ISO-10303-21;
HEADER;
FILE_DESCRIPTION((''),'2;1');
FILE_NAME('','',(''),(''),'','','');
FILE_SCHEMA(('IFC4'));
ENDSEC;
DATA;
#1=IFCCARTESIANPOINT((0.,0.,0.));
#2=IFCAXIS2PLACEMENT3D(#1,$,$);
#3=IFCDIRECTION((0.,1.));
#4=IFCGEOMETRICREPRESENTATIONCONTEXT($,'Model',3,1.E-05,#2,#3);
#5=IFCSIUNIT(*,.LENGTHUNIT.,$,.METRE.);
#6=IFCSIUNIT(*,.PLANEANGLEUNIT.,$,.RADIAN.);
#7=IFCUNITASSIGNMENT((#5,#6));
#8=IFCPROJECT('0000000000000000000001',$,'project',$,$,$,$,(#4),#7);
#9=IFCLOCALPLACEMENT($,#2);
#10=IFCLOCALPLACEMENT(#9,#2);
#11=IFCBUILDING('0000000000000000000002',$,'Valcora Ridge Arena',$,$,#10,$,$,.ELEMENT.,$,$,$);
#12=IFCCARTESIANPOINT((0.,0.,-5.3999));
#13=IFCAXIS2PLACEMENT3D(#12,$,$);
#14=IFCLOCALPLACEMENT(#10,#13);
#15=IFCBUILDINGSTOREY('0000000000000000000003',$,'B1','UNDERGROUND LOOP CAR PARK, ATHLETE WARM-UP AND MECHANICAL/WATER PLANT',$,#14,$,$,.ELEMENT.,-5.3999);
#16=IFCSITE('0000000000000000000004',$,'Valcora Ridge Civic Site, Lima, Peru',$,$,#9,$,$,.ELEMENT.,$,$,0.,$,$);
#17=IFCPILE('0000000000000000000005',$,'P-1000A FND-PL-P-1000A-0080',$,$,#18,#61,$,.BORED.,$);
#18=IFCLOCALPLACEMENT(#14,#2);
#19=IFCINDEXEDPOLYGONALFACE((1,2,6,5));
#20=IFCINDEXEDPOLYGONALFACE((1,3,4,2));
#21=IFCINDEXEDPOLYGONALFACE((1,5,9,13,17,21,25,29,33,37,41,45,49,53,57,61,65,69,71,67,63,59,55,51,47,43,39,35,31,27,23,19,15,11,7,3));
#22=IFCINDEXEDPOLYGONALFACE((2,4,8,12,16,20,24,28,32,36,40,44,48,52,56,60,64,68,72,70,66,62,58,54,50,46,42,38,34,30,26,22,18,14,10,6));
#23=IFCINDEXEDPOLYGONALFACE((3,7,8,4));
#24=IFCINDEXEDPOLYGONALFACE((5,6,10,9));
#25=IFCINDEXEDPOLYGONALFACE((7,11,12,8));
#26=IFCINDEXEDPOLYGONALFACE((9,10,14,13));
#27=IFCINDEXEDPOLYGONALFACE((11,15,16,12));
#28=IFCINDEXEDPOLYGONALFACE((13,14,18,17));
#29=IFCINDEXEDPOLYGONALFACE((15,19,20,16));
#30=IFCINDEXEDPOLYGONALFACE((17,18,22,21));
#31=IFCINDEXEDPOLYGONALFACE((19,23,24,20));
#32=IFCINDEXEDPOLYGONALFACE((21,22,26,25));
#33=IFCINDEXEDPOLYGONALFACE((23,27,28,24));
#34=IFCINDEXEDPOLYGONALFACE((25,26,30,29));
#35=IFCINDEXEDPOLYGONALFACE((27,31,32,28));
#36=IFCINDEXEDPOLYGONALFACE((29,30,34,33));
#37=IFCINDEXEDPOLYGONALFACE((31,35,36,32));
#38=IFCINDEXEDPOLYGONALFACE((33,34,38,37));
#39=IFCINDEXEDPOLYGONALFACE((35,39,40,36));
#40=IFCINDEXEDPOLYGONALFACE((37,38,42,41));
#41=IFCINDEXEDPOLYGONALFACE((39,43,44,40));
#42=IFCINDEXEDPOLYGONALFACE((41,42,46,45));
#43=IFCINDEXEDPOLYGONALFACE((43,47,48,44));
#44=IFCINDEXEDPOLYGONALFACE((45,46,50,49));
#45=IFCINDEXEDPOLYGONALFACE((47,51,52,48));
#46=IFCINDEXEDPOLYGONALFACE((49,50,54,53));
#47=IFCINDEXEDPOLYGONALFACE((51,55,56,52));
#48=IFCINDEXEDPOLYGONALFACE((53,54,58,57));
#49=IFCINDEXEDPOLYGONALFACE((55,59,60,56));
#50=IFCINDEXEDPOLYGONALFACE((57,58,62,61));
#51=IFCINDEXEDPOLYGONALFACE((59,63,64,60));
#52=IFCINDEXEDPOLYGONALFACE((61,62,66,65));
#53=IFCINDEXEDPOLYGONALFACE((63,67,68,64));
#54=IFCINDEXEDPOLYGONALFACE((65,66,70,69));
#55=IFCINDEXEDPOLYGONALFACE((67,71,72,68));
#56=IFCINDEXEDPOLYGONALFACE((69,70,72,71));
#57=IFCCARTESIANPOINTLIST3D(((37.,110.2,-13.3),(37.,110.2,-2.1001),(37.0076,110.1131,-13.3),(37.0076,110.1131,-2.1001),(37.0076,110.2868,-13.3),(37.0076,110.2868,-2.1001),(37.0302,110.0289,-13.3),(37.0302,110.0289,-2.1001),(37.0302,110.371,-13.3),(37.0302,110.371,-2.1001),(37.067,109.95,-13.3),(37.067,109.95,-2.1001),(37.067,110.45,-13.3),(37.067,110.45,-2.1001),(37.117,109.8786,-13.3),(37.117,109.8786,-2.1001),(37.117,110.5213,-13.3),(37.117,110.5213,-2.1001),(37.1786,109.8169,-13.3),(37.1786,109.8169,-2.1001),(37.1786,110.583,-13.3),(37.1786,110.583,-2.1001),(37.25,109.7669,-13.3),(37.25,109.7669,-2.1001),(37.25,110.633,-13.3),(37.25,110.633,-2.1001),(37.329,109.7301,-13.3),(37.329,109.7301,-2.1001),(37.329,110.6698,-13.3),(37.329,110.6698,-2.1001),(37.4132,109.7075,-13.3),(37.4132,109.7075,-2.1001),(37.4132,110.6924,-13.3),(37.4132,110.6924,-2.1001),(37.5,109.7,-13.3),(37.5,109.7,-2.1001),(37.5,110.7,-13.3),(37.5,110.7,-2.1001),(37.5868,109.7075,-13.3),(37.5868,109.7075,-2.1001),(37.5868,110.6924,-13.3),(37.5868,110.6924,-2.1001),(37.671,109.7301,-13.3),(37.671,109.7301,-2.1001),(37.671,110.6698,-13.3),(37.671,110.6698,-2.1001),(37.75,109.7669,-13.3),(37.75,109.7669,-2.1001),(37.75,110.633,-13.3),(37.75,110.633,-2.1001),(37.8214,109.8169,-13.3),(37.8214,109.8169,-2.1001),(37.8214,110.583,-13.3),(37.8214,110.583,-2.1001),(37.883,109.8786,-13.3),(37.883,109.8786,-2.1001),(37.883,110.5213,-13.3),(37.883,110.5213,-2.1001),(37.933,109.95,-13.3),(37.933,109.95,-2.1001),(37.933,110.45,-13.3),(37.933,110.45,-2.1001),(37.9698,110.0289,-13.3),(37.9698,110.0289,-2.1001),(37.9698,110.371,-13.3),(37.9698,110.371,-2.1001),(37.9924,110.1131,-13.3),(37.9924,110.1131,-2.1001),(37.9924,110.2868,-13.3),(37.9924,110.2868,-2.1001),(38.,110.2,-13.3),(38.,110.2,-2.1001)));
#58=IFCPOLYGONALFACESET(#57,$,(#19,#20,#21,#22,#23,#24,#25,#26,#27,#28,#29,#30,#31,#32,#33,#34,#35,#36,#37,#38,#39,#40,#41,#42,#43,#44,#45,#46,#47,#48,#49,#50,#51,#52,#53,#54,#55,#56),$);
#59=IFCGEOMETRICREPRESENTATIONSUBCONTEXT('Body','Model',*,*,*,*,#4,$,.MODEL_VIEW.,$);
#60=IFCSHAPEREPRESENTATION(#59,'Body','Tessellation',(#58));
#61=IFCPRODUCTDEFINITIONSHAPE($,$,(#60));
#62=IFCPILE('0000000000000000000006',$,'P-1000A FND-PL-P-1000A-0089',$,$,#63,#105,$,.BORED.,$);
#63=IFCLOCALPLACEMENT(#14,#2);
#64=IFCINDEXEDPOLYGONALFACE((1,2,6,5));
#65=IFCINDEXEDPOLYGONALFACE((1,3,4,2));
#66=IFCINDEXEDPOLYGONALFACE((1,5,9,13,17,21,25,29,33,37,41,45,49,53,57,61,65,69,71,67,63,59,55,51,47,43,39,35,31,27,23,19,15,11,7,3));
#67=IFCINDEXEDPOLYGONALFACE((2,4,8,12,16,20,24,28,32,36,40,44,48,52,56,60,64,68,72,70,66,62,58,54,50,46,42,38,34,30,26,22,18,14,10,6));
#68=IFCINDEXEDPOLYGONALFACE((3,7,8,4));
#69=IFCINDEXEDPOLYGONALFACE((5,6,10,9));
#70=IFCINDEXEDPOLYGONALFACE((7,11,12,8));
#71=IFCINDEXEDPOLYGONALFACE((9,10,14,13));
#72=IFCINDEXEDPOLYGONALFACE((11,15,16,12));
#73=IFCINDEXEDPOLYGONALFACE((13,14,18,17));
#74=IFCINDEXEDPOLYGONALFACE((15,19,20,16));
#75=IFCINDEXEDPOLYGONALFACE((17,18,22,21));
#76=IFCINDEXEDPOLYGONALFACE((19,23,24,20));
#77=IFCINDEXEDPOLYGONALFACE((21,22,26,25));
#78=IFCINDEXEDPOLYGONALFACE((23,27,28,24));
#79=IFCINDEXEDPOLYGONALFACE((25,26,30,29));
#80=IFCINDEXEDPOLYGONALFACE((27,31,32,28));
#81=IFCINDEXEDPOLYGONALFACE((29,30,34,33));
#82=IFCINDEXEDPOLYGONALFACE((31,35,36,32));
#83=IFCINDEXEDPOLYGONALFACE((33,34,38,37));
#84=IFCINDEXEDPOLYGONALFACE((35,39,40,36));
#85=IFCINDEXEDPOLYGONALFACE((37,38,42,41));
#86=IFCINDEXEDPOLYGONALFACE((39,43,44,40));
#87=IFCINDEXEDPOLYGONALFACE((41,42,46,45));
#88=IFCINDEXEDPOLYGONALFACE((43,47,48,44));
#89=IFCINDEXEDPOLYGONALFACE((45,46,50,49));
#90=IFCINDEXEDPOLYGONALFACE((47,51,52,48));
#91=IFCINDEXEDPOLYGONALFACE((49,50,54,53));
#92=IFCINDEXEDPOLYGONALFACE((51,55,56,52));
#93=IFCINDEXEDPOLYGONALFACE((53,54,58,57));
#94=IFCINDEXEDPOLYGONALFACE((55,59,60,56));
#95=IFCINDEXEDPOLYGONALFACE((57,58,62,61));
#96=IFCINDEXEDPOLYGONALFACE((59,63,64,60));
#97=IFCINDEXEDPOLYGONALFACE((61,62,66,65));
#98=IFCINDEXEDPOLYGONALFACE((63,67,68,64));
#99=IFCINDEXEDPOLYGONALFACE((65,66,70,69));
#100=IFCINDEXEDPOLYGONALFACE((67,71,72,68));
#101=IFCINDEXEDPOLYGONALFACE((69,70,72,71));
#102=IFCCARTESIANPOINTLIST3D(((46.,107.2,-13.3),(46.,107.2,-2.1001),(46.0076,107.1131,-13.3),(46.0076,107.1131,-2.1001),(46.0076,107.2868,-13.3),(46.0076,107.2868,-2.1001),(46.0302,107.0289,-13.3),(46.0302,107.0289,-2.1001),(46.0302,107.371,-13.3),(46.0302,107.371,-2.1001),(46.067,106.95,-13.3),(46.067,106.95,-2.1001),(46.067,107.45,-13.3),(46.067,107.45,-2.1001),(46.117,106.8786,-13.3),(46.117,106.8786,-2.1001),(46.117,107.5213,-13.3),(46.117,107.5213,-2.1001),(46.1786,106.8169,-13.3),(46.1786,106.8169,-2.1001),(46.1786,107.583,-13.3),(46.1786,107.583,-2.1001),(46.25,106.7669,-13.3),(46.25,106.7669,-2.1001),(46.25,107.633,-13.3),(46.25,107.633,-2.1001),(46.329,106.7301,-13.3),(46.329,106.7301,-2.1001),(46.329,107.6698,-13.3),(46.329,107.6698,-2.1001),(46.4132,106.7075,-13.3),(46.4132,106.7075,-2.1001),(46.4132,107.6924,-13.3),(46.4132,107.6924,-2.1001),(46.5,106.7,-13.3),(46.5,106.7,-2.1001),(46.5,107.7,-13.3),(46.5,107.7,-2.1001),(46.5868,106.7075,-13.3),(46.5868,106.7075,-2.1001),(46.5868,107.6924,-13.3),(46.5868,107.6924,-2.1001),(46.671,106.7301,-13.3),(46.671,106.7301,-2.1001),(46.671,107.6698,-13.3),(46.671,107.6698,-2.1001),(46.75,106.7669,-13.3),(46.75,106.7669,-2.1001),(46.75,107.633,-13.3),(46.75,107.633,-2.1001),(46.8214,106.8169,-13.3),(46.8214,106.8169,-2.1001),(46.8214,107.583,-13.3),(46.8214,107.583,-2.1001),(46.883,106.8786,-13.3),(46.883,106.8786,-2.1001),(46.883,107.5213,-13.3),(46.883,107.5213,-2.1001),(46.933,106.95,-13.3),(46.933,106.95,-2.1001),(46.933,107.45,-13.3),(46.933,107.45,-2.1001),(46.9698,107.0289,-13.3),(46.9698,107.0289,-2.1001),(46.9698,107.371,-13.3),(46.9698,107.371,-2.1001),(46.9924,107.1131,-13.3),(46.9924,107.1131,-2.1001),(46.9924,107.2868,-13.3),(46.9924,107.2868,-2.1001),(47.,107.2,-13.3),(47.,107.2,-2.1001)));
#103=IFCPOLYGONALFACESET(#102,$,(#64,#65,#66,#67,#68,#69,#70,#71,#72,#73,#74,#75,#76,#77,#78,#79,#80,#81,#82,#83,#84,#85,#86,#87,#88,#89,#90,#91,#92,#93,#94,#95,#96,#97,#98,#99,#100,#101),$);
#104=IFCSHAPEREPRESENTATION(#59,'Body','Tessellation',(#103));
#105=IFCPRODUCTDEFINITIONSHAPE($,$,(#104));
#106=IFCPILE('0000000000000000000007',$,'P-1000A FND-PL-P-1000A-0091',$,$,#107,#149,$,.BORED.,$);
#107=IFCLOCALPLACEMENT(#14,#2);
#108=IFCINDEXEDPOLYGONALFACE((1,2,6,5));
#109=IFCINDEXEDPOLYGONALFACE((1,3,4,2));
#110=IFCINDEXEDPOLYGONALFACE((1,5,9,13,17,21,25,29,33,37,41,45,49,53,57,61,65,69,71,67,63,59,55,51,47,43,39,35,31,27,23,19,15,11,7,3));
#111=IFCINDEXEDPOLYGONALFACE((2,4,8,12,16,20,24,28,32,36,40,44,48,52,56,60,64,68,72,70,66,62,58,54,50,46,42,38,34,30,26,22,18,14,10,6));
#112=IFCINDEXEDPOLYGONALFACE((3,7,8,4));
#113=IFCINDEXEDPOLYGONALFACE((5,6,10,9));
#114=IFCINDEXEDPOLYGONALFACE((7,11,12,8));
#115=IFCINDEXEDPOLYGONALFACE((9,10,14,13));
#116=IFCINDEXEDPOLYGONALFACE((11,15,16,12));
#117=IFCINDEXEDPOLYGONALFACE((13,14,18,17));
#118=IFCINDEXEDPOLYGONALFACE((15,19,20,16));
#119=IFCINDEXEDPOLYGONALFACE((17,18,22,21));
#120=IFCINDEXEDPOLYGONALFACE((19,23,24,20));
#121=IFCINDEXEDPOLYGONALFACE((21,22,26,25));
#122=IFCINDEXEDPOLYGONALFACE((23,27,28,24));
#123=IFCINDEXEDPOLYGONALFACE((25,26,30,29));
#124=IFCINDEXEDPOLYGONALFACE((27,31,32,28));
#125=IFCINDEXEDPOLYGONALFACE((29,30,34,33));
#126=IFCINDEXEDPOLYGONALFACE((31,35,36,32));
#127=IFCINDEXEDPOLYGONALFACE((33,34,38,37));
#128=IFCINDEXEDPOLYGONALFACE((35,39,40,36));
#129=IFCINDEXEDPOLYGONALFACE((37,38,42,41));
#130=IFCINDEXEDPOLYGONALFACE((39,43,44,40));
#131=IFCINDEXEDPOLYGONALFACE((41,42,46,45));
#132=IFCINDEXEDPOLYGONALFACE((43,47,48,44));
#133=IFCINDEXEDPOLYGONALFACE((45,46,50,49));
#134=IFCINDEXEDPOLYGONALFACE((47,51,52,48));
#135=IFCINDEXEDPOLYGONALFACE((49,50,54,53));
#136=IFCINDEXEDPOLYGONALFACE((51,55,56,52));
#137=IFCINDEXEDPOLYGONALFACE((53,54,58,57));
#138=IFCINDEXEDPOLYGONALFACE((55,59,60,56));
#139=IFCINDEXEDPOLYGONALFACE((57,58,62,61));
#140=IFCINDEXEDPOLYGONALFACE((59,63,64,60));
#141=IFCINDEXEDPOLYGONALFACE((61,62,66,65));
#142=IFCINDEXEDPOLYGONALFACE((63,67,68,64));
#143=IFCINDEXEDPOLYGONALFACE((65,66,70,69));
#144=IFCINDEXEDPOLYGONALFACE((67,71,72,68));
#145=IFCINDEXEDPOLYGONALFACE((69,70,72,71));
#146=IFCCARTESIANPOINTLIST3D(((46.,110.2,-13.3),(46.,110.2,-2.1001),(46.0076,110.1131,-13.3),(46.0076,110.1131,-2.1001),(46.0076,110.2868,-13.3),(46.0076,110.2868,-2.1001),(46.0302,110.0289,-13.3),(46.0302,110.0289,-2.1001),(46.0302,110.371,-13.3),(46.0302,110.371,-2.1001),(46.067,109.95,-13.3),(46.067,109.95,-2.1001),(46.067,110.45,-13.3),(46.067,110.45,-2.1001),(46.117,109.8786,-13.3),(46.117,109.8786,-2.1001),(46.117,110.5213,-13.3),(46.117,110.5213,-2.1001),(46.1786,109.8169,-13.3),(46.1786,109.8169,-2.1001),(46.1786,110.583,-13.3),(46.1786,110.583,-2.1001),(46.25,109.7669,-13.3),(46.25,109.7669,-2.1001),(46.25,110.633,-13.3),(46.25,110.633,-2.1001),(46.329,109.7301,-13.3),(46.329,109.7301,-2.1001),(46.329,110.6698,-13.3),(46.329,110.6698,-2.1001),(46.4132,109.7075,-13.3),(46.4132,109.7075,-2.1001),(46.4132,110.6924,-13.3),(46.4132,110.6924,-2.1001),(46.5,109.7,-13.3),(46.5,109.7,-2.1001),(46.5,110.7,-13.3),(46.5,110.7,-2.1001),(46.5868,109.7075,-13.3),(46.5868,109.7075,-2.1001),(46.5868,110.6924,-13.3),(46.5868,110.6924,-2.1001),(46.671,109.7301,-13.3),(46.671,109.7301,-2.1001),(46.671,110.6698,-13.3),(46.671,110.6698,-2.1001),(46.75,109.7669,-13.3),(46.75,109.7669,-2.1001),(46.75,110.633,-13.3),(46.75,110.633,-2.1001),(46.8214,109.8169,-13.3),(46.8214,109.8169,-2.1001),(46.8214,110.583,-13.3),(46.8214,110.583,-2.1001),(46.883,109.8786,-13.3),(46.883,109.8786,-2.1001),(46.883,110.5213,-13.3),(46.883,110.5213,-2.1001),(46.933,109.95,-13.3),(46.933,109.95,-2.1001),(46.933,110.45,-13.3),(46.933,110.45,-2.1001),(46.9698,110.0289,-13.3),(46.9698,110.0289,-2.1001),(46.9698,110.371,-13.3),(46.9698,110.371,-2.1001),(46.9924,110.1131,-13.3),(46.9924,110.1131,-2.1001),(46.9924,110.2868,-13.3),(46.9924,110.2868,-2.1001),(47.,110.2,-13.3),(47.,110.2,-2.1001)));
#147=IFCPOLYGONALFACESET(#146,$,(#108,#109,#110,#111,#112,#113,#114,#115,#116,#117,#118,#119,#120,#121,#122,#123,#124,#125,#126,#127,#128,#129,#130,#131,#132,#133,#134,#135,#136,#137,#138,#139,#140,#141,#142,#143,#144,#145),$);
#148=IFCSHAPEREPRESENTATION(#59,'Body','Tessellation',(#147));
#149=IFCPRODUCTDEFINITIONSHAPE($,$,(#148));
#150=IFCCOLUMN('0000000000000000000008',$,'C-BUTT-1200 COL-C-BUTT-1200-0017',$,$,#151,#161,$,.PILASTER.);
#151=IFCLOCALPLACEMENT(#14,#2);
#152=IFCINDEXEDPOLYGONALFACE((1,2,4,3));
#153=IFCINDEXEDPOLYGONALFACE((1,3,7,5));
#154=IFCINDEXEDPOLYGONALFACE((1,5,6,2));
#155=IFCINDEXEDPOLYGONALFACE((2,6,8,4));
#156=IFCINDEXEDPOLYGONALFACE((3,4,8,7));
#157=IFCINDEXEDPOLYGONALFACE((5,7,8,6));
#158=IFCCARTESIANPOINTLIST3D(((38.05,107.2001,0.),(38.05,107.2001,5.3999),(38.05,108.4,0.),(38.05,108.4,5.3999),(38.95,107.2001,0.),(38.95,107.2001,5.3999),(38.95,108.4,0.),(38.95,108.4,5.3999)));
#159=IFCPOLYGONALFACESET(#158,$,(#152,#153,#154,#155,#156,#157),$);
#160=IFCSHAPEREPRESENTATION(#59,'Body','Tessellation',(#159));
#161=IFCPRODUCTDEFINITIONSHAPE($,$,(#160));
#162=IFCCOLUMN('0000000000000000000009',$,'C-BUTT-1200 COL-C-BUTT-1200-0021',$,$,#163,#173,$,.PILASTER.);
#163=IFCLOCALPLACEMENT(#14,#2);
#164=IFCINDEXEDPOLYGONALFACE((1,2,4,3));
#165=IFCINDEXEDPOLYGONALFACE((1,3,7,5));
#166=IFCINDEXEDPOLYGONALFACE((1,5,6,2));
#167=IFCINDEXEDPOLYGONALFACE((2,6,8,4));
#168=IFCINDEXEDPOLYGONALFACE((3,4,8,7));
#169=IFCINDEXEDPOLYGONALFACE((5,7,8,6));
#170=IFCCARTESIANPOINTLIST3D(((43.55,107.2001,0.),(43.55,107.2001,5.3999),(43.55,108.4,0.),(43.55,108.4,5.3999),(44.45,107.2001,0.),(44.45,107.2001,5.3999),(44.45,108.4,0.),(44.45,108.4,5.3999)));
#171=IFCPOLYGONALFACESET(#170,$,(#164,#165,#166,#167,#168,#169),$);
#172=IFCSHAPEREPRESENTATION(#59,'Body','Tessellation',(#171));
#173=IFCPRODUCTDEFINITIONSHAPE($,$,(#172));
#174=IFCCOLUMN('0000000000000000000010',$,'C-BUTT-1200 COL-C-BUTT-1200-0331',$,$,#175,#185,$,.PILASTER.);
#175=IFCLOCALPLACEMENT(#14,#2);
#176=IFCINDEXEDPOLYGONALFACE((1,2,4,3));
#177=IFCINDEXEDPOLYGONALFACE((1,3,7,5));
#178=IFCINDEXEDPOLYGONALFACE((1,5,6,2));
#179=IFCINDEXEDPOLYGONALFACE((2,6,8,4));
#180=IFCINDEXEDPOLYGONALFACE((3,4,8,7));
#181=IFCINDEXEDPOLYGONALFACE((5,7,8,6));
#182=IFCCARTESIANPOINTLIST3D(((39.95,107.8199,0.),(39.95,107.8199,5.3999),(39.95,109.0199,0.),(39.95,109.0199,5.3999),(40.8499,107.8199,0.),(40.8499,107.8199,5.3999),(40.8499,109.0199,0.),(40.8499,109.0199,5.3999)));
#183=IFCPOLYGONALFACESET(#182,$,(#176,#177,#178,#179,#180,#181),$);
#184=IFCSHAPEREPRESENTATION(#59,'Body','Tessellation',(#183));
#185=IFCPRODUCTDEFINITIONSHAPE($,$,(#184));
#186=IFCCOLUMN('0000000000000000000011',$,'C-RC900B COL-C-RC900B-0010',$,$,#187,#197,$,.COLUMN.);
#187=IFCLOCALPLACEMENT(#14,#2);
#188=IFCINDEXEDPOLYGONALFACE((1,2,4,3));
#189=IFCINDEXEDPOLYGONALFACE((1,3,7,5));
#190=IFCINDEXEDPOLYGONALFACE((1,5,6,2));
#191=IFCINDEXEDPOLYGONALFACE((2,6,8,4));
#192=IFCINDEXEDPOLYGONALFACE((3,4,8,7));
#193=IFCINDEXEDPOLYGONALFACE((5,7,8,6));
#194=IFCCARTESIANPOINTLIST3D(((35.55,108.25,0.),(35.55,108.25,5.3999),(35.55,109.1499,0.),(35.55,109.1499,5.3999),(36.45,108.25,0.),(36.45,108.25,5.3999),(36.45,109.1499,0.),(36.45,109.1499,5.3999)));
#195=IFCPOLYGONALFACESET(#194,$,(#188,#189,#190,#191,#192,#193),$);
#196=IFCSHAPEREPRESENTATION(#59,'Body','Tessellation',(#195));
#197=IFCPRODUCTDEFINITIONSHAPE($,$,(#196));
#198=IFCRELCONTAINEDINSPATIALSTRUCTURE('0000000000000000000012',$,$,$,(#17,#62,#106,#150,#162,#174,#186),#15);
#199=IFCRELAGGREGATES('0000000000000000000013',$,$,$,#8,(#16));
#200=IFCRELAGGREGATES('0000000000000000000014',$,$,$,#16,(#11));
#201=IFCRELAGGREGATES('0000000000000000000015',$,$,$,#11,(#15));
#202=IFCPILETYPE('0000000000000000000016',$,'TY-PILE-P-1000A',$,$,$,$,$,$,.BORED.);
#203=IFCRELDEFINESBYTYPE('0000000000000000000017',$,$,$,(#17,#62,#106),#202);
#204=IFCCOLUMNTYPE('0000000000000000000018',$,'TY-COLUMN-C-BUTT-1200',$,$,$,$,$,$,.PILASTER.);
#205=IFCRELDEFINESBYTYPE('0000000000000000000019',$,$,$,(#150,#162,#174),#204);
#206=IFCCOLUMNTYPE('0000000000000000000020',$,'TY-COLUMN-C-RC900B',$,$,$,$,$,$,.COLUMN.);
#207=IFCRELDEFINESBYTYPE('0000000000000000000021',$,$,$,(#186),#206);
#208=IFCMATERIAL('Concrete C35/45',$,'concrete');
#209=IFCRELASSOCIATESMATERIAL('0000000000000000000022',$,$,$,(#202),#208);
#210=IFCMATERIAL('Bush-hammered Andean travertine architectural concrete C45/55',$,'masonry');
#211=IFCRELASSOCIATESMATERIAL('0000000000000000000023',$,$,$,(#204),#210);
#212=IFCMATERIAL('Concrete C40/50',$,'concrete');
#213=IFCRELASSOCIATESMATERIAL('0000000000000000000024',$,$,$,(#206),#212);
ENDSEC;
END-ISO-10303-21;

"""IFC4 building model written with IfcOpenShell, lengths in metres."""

from ifc_helpers import new_model, si_unit, direction, frame, origin, origin_2d, place, context, subcontext, project, spatial, rectangle, circle, extrude, material, material_profile, profile_set, type_object, element, save


model = new_model("IFC4")

# Units and contexts
model_context = context("Model", 3, precision=1e-05, world=origin(), true_north=direction((0.0, 1.0)))
body_context = subcontext(model_context, "Body", "Model", "MODEL_VIEW")
ifc_project = project(units=[si_unit("LENGTHUNIT", "METRE"), si_unit("PLANEANGLEUNIT", "RADIAN")], contexts=[model_context])

# Site, building, storey
site_placement = place(None, origin())
site = spatial("IfcSite", under=ifc_project, at=site_placement, Name="Valcora Ridge Civic Site, Lima, Peru", CompositionType="ELEMENT", RefElevation=0.0)
building_placement = place(site_placement, origin())
building = spatial("IfcBuilding", under=site, at=building_placement, Name="Valcora Ridge Arena", CompositionType="ELEMENT")
storey_placement = place(building_placement, frame((0.0, 0.0, -5.3999)))
storey = spatial("IfcBuildingStorey", under=building, at=storey_placement, Name="B1", Description="UNDERGROUND LOOP CAR PARK, ATHLETE WARM-UP AND MECHANICAL/WATER PLANT", CompositionType="ELEMENT", Elevation=-5.3999)

# Shared definitions
ifc_material_1 = material(Name="Concrete C40/50", Category="concrete")

# Piles
ifc_material_2 = material(Name="Concrete C35/45", Category="concrete")
ifc_material_profile_1 = material_profile(ifc_material_2, circle(Radius=0.5, at=origin_2d()), Name="BORED PILE D1000")
ifc_profile_set_1 = profile_set([ifc_material_profile_1], Name="Concrete C35/45")
pile_type = type_object("IfcPileType", Name="TY-PILE-P-1000A", PredefinedType="BORED", material=ifc_profile_set_1)
for number, where, z_axis, x_axis, name in (
    (1, (37.5, 110.2, -2.1001), (0.0, 0.0, -1.0), (1.0, 0.0, 0.0), "P-1000A FND-PL-P-1000A-0080"),
    (2, (46.5, 107.2, -2.1001), (0.0, 0.0, -1.0), (1.0, 0.0, 0.0), "P-1000A FND-PL-P-1000A-0089"),
    (3, (46.5, 110.2, -2.1001), (0.0, 0.0, -1.0), (1.0, 0.0, 0.0), "P-1000A FND-PL-P-1000A-0091"),
):
    element("IfcPile", number, at=place(storey_placement, frame(where, z_axis=z_axis, x_axis=x_axis)), inside=storey, type_object=pile_type, Name=name, PredefinedType="BORED", context=body_context, shape_type="SweptSolid", body=[
        extrude(circle(Radius=0.5, at=origin_2d()), origin(), (0.0, 0.0, 1.0), 11.2),
    ])

# Columns
ifc_material_3 = material(Name="Bush-hammered Andean travertine architectural concrete C45/55", Category="masonry")
ifc_material_profile_2 = material_profile(ifc_material_3, rectangle(XDim=0.8999, YDim=1.2, at=origin_2d()), Name="RC 900x1200")
ifc_profile_set_2 = profile_set([ifc_material_profile_2], Name="Bush-hammered Andean travertine architectural concrete C45/55")
column_type_1 = type_object("IfcColumnType", Name="TY-COLUMN-C-BUTT-1200", PredefinedType="PILASTER", material=ifc_profile_set_2)
for number, where, z_axis, x_axis, name in (
    (4, (38.5, 107.8, 0.0), (0.0, 0.0, 1.0), (1.0, 0.0, 0.0), "C-BUTT-1200 COL-C-BUTT-1200-0017"),
    (5, (44.0, 107.8, 0.0), (0.0, 0.0, 1.0), (1.0, 0.0, 0.0), "C-BUTT-1200 COL-C-BUTT-1200-0021"),
    (6, (40.3999, 108.4199, 0.0), (0.0, 0.0, 1.0), (1.0, 0.0, 0.0), "C-BUTT-1200 COL-C-BUTT-1200-0331"),
):
    element("IfcColumn", number, at=place(storey_placement, frame(where, z_axis=z_axis, x_axis=x_axis)), inside=storey, type_object=column_type_1, Name=name, PredefinedType="PILASTER", context=body_context, shape_type="SweptSolid", body=[
        extrude(rectangle(XDim=0.8999, YDim=1.2, at=origin_2d()), origin(), (0.0, 0.0, 1.0), 5.3999),
    ])
ifc_material_profile_3 = material_profile(ifc_material_1, rectangle(XDim=0.8999, YDim=0.8999, at=origin_2d()), Name="RC 900x900")
ifc_profile_set_3 = profile_set([ifc_material_profile_3], Name="Concrete C40/50")
column_type_2 = type_object("IfcColumnType", Name="TY-COLUMN-C-RC900B", PredefinedType="COLUMN", material=ifc_profile_set_3)
column_placement = place(storey_placement, frame((36.0, 108.7, 0.0), z_axis=(0.0, 0.0, 1.0), x_axis=(1.0, 0.0, 0.0)))
element("IfcColumn", 7, at=column_placement, inside=storey, type_object=column_type_2, Name="C-RC900B COL-C-RC900B-0010", PredefinedType="COLUMN", context=body_context, shape_type="SweptSolid", body=[
    extrude(rectangle(XDim=0.8999, YDim=0.8999, at=origin_2d()), origin(), (0.0, 0.0, 1.0), 5.3999),
])

save(model, "model.ifc")
